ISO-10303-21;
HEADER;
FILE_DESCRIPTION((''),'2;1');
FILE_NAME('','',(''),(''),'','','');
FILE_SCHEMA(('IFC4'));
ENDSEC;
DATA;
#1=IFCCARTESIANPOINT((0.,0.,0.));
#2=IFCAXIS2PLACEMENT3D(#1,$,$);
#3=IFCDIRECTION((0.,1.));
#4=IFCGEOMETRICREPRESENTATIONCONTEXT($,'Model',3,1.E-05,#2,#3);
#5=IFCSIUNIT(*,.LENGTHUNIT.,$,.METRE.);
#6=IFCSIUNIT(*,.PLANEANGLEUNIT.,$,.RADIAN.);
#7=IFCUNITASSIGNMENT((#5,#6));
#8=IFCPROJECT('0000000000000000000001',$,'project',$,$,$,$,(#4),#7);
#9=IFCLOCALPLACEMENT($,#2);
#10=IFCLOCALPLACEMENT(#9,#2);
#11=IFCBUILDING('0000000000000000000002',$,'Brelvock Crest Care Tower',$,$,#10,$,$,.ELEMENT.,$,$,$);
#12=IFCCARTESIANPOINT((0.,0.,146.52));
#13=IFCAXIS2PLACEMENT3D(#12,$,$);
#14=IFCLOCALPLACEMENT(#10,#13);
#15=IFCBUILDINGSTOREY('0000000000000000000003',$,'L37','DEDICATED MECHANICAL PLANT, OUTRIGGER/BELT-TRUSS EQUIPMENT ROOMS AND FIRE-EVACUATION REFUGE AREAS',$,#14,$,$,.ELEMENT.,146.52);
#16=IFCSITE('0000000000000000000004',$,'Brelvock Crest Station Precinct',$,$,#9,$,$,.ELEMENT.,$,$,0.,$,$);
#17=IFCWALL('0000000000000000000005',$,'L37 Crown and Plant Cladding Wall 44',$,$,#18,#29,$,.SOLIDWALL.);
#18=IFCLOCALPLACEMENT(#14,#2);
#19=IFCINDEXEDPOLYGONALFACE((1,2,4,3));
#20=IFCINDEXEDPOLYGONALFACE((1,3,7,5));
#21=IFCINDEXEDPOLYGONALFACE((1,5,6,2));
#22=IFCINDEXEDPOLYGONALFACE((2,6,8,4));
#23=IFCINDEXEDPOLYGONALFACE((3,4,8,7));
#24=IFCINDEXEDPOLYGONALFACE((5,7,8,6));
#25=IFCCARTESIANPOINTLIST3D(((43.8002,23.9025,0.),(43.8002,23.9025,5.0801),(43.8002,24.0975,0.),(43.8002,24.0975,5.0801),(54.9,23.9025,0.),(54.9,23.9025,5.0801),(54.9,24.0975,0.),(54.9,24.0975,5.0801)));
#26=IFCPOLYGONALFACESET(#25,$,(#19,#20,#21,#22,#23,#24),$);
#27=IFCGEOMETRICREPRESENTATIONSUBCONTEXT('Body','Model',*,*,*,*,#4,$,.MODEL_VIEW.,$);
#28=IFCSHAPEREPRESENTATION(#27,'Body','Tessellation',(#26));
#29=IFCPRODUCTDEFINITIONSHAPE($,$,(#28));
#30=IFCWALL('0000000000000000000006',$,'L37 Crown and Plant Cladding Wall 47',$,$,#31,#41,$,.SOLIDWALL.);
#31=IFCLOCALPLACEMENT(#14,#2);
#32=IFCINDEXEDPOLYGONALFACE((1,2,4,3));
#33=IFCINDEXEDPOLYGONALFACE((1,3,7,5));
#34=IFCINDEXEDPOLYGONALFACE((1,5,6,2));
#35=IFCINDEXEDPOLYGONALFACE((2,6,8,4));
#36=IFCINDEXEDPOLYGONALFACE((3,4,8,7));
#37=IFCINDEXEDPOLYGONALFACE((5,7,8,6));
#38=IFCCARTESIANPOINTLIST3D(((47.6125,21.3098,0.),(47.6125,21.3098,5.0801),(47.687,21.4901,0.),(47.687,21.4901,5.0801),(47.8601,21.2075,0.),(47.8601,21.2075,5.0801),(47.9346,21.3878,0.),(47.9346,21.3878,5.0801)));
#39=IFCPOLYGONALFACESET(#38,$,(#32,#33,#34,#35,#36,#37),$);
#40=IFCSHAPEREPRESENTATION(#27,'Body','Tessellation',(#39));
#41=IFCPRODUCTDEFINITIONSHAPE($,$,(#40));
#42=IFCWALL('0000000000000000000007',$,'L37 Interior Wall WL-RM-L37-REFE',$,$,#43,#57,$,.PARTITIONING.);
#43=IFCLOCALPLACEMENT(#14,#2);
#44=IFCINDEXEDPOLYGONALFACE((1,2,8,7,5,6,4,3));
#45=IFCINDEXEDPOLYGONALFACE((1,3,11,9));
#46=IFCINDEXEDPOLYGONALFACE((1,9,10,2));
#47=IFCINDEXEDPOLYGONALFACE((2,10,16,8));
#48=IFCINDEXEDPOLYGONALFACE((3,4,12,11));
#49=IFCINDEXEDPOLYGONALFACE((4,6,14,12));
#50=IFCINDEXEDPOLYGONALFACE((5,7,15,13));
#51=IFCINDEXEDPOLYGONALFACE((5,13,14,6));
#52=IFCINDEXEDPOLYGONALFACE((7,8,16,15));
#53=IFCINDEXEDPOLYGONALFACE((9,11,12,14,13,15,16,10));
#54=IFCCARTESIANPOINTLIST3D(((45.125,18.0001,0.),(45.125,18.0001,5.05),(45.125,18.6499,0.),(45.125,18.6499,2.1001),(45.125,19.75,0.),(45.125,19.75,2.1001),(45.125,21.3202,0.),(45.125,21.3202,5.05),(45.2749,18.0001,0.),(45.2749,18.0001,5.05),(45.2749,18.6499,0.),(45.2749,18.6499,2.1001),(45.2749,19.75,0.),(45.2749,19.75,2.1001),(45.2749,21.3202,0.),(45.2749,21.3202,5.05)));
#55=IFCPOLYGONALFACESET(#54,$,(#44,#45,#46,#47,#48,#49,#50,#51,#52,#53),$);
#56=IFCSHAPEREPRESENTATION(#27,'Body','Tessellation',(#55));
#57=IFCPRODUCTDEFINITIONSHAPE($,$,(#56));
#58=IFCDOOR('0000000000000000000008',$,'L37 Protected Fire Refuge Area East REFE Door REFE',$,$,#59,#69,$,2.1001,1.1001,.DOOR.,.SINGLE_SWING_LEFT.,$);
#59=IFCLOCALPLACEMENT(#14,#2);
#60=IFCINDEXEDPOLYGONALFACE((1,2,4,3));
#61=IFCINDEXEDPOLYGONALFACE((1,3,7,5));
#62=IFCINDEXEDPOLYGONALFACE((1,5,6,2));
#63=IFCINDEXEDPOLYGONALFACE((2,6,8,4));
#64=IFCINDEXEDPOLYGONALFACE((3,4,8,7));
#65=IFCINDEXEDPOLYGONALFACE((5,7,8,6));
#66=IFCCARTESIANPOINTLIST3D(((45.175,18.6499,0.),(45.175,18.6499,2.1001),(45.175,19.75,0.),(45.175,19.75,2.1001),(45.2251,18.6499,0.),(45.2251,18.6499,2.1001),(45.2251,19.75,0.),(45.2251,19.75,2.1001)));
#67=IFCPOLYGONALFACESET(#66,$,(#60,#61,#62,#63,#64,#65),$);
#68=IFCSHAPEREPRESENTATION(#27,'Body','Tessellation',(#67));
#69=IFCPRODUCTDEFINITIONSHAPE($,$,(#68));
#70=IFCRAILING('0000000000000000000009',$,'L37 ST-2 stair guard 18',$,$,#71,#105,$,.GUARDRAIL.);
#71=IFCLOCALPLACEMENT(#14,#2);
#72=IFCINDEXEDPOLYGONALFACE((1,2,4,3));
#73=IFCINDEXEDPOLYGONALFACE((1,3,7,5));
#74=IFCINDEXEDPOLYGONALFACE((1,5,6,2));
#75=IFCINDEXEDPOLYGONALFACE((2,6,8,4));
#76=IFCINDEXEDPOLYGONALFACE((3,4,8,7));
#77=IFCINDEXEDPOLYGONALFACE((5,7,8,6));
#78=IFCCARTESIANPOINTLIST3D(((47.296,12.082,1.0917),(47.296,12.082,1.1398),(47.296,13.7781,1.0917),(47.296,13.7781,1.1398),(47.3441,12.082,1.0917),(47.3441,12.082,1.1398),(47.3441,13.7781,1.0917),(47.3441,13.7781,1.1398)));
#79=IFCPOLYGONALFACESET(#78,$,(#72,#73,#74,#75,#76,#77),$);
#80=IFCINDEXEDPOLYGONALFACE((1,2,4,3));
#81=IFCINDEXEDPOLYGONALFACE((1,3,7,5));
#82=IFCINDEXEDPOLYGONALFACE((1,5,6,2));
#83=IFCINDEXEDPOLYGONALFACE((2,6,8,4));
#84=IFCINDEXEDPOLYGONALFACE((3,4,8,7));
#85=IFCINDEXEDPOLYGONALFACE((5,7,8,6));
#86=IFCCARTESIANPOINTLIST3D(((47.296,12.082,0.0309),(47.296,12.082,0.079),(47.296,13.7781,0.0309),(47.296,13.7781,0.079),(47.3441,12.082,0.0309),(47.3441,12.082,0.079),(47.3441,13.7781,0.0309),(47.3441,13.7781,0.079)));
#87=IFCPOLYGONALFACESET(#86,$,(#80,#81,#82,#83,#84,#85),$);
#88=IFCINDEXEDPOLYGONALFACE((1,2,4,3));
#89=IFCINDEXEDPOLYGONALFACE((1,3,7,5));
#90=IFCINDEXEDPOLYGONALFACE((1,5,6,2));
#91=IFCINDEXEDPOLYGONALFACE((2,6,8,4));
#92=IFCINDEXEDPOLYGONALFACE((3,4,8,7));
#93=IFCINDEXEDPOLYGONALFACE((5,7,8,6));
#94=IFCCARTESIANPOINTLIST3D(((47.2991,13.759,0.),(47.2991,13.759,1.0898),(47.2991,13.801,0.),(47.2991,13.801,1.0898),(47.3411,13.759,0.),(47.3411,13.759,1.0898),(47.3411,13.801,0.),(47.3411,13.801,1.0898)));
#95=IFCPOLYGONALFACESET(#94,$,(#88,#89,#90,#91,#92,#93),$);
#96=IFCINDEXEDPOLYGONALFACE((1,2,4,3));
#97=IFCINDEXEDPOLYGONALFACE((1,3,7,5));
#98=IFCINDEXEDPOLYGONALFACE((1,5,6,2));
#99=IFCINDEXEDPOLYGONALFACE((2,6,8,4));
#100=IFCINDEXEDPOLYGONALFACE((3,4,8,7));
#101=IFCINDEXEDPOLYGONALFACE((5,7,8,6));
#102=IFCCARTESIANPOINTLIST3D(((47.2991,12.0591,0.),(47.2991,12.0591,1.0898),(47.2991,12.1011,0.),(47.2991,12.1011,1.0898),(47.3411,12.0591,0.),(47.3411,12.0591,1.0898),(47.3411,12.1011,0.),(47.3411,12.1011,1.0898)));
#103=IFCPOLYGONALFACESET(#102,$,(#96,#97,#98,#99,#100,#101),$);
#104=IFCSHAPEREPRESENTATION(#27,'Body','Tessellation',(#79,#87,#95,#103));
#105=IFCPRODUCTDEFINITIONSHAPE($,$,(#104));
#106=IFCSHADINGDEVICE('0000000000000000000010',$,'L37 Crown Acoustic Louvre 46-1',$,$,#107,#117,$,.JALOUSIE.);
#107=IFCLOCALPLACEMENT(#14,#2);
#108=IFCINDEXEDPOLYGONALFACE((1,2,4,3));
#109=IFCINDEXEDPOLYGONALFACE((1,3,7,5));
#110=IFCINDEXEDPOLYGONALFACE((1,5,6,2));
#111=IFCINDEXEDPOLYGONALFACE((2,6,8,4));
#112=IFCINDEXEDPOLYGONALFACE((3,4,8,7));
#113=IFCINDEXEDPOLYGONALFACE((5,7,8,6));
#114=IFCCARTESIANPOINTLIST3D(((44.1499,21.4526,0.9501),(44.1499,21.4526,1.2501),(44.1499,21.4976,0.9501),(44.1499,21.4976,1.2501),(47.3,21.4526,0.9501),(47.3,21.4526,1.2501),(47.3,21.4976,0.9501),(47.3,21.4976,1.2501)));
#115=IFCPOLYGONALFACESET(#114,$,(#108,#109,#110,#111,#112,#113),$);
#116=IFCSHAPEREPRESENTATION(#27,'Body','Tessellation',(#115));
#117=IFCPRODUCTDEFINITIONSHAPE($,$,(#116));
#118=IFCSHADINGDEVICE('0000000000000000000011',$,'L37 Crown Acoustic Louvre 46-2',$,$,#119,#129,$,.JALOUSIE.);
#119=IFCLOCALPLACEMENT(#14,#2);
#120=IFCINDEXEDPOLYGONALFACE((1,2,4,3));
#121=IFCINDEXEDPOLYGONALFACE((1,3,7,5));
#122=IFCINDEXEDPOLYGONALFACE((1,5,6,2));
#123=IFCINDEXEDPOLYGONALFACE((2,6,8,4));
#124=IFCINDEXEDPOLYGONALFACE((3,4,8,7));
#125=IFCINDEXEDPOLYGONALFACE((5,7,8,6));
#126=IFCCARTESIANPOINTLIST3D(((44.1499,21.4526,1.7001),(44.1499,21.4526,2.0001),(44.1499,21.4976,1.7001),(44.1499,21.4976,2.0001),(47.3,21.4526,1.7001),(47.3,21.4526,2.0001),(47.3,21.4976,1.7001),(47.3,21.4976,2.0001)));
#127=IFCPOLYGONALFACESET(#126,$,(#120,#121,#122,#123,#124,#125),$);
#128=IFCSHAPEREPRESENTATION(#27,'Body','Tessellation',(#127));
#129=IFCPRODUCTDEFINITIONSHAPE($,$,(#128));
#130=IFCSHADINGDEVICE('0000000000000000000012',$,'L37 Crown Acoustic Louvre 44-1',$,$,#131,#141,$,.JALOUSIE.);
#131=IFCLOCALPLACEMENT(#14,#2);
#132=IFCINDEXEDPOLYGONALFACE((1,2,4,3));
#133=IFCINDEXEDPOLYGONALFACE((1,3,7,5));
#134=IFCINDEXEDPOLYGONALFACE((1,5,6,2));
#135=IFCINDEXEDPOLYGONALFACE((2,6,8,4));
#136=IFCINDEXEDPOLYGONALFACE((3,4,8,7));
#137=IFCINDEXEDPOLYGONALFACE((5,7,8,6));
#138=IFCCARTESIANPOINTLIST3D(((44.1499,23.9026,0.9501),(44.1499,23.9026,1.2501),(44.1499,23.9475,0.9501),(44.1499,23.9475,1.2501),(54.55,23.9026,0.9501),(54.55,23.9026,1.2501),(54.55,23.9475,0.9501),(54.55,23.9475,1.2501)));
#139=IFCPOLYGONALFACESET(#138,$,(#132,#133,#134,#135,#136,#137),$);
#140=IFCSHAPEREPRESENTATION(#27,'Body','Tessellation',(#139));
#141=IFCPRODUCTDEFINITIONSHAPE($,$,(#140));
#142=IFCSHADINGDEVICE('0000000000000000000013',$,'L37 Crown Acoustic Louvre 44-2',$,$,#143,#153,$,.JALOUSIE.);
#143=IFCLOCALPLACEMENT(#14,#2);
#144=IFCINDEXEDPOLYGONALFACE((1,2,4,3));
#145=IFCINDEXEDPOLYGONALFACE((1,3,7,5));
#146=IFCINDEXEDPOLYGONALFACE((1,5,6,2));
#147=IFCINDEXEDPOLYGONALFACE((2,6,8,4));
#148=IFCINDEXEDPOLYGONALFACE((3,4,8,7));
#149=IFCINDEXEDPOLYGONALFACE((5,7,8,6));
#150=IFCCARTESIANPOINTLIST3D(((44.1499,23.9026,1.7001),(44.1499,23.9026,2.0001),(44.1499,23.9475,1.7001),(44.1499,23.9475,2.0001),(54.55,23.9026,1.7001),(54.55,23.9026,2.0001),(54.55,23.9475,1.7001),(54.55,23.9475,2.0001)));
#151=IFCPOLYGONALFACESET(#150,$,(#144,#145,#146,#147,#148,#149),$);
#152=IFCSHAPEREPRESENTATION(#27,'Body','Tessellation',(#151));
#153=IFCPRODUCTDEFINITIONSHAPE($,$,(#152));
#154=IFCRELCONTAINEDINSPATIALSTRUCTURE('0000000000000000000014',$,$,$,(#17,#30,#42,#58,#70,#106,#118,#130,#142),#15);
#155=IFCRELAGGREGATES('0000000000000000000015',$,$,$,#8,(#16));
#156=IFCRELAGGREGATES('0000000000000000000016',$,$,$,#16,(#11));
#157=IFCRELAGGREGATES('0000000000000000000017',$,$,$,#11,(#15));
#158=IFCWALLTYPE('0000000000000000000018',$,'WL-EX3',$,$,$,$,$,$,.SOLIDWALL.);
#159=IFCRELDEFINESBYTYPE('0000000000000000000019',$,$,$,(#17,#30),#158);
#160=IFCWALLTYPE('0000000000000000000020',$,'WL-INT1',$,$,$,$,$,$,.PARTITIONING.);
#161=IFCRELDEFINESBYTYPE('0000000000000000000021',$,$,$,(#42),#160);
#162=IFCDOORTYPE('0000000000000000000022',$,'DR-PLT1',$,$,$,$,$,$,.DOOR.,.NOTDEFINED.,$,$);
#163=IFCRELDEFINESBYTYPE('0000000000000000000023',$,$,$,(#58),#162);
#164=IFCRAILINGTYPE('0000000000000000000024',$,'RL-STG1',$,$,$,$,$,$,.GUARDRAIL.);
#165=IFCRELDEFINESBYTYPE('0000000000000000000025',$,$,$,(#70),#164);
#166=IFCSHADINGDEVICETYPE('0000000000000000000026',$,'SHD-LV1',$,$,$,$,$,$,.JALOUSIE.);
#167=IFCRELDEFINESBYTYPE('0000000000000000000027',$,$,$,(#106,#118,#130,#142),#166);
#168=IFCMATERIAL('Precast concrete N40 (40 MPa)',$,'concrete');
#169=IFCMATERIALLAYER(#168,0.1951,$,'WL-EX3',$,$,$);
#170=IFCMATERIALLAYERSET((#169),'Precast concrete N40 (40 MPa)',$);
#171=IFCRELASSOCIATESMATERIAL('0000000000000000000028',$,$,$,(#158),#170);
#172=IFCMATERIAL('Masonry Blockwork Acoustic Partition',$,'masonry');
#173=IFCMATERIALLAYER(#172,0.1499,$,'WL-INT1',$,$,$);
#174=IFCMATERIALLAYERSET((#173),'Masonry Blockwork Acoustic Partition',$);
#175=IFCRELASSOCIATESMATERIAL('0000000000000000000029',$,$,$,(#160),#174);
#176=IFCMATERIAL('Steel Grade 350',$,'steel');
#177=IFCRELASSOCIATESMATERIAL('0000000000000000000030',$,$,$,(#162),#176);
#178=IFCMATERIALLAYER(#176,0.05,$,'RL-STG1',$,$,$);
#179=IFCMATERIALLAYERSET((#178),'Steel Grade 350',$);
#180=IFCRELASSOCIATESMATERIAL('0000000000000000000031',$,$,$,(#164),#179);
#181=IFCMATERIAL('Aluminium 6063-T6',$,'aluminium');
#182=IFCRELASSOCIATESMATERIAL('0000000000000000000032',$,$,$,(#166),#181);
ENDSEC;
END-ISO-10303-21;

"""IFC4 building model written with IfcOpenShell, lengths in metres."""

from ifc_helpers import new_model, si_unit, direction, frame, frame_2d, origin, origin_2d, place, context, subcontext, project, spatial, rectangle, extrude, source, transform, mapped, material, layer, layer_set, material_profile, profile_set, type_object, element, fill, save


model = new_model("IFC4")

# Units and contexts
model_context = context("Model", 3, precision=1e-05, world=origin(), true_north=direction((0.0, 1.0)))
body_context = subcontext(model_context, "Body", "Model", "MODEL_VIEW")
ifc_project = project(units=[si_unit("LENGTHUNIT", "METRE"), si_unit("PLANEANGLEUNIT", "RADIAN")], contexts=[model_context])

# Site, building, storey
site_placement = place(None, origin())
site = spatial("IfcSite", under=ifc_project, at=site_placement, Name="Brelvock Crest Station Precinct", CompositionType="ELEMENT", RefElevation=0.0)
building_placement = place(site_placement, origin())
building = spatial("IfcBuilding", under=site, at=building_placement, Name="Brelvock Crest Care Tower", CompositionType="ELEMENT")
storey_placement = place(building_placement, frame((0.0, 0.0, 146.52)))
storey = spatial("IfcBuildingStorey", under=building, at=storey_placement, Name="L37", Description="DEDICATED MECHANICAL PLANT, OUTRIGGER/BELT-TRUSS EQUIPMENT ROOMS AND FIRE-EVACUATION REFUGE AREAS", CompositionType="ELEMENT", Elevation=146.52)

# Shared definitions
ifc_material_1 = material(Name="Steel Grade 350", Category="steel")

# Walls
ifc_material_2 = material(Name="Precast concrete N40 (40 MPa)", Category="concrete")
ifc_layer_1 = layer(ifc_material_2, 0.1951, Name="WL-EX3")
ifc_layer_set_1 = layer_set([ifc_layer_1], Name="Precast concrete N40 (40 MPa)")
wall_type_1 = type_object("IfcWallType", Name="WL-EX3", PredefinedType="SOLIDWALL", material=ifc_layer_set_1)
wall_1_placement = place(storey_placement, frame((54.8999, 24.0, 0.0), z_axis=(0.0, 0.0, 1.0), x_axis=(-1.0, 0.0, 0.0)))
element("IfcWall", 1, at=wall_1_placement, inside=storey, type_object=wall_type_1, Name="L37 Crown and Plant Cladding Wall 44", PredefinedType="SOLIDWALL", context=body_context, shape_type="SweptSolid", body=[
    extrude(rectangle(XDim=11.0999, YDim=0.1951, at=frame_2d((5.5498, 0.0))), origin(), (0.0, 0.0, 1.0), 5.0801),
])
wall_2_placement = place(storey_placement, frame((47.6499, 21.3999, 0.0), z_axis=(0.0, 0.0, 1.0), x_axis=(0.924205, -0.381896, 0.0)))
element("IfcWall", 2, at=wall_2_placement, inside=storey, type_object=wall_type_1, Name="L37 Crown and Plant Cladding Wall 47", PredefinedType="SOLIDWALL", context=body_context, shape_type="SweptSolid", body=[
    extrude(rectangle(XDim=0.2678, YDim=0.1951, at=frame_2d((0.1338, 0.0))), origin(), (0.0, 0.0, 1.0), 5.0801),
])

# Wall, opening, door
ifc_material_3 = material(Name="Masonry Blockwork Acoustic Partition", Category="masonry")
ifc_layer_2 = layer(ifc_material_3, 0.1499, Name="WL-INT1")
ifc_layer_set_2 = layer_set([ifc_layer_2], Name="Masonry Blockwork Acoustic Partition")
wall_type_2 = type_object("IfcWallType", Name="WL-INT1", PredefinedType="PARTITIONING", material=ifc_layer_set_2)
wall_3_placement = place(storey_placement, frame((45.2, 18.0, 0.0), z_axis=(0.0, 0.0, 1.0), x_axis=(0.0, 1.0, 0.0)))
wall_3 = element("IfcWall", 3, at=wall_3_placement, inside=storey, type_object=wall_type_2, Name="L37 Interior Wall WL-RM-L37-REFE", PredefinedType="PARTITIONING", context=body_context, shape_type="SweptSolid", body=[
    extrude(rectangle(XDim=3.3201, YDim=0.1499, at=frame_2d((1.6602, 0.0))), origin(), (0.0, 0.0, 1.0), 5.05),
])
opening_placement = place(wall_3_placement, frame((0.6499, 0.0, 0.0)))
opening = element("IfcOpeningElement", 4, at=opening_placement, cuts=wall_3, PredefinedType="OPENING", context=body_context, shape_type="SweptSolid", body=[
    extrude(rectangle(XDim=1.1001, YDim=2.1001, at=origin_2d()), frame((0.55, 0.085, 1.05), z_axis=(0.0, -1.0, 0.0), x_axis=(1.0, 0.0, 0.0)), (0.0, 0.0, 1.0), 0.1699),
])
door_type = type_object("IfcDoorType", Name="DR-PLT1", OperationType="NOTDEFINED", PredefinedType="DOOR", material=ifc_material_1)
shared_shape_1 = source(origin(), body_context, "Body", "SweptSolid", [
    extrude(rectangle(XDim=1.1001, YDim=2.1001, at=origin_2d()), frame((0.55, 0.0249, 1.05), z_axis=(0.0, -1.0, 0.0), x_axis=(1.0, 0.0, 0.0)), (0.0, 0.0, 1.0), 0.05),
])
door_placement = place(opening_placement, origin())
door = element("IfcDoor", 5, at=door_placement, inside=storey, type_object=door_type, Name="L37 Protected Fire Refuge Area East REFE Door REFE", OperationType="SINGLE_SWING_LEFT", OverallHeight=2.1001, OverallWidth=1.1001, PredefinedType="DOOR", context=body_context, shape_type="MappedRepresentation", body=[
    mapped(shared_shape_1, transform((0.0, 0.0, 0.0), x_axis=(1.0, 0.0, 0.0), y_axis=(0.0, 1.0, 0.0), z_axis=(0.0, 0.0, 1.0), scale=1.0)),
])
fill(opening, door)

# Railing
ifc_layer_3 = layer(ifc_material_1, 0.05, Name="RL-STG1")
ifc_layer_set_3 = layer_set([ifc_layer_3], Name="Steel Grade 350")
railing_type = type_object("IfcRailingType", Name="RL-STG1", PredefinedType="GUARDRAIL", material=ifc_layer_set_3)
railing_placement = place(storey_placement, frame((47.3201, 13.78, 0.0)))
element("IfcRailing", 6, at=railing_placement, inside=storey, type_object=railing_type, Name="L37 ST-2 stair guard 18", PredefinedType="GUARDRAIL", context=body_context, shape_type="SweptSolid", body=[
    extrude(rectangle(XDim=0.0481, YDim=0.0481, at=origin_2d()), frame((0.0, -0.002, 1.1157), z_axis=(0.0, -1.0, 0.0), x_axis=(1.0, 0.0, 0.0)), (0.0, 0.0, 1.0), 1.696),
    extrude(rectangle(XDim=0.0481, YDim=0.0481, at=origin_2d()), frame((0.0, -0.002, 0.0549), z_axis=(0.0, -1.0, 0.0), x_axis=(1.0, 0.0, 0.0)), (0.0, 0.0, 1.0), 1.696),
    extrude(rectangle(XDim=0.042, YDim=0.042, at=origin_2d()), origin(), (0.0, 0.0, 1.0), 1.0898),
    extrude(rectangle(XDim=0.042, YDim=0.042, at=origin_2d()), frame((0.0, -1.7, 0.0)), (0.0, 0.0, 1.0), 1.0898),
])

# Shading devices
ifc_material_4 = material(Name="Aluminium 6063-T6", Category="aluminium")
ifc_material_profile_1 = material_profile(ifc_material_4, rectangle(XDim=0.0449, YDim=0.3, at=origin_2d()), Name="LOUVRE45x300")
ifc_profile_set_1 = profile_set([ifc_material_profile_1], Name="Aluminium 6063-T6")
shading_device_type = type_object("IfcShadingDeviceType", Name="SHD-LV1", PredefinedType="JALOUSIE", material=ifc_profile_set_1)
shared_shape_2 = source(origin(), body_context, "Body", "SweptSolid", [
    extrude(rectangle(XDim=0.0449, YDim=0.3, at=origin_2d()), origin(), (0.0, 0.0, 1.0), 3.1501),
])
for number, where, z_axis, x_axis, name in (
    (7, (44.1499, 21.4751, 1.1001), (1.0, 0.0, 0.0), (0.0, 1.0, 0.0), "L37 Crown Acoustic Louvre 46-1"),
    (8, (44.1499, 21.4751, 1.8501), (1.0, 0.0, 0.0), (0.0, 1.0, 0.0), "L37 Crown Acoustic Louvre 46-2"),
):
    element("IfcShadingDevice", number, at=place(storey_placement, frame(where, z_axis=z_axis, x_axis=x_axis)), inside=storey, type_object=shading_device_type, Name=name, PredefinedType="JALOUSIE", context=body_context, shape_type="MappedRepresentation", body=[
        mapped(shared_shape_2, transform((0.0, 0.0, 0.0), x_axis=(1.0, 0.0, 0.0), y_axis=(0.0, 1.0, 0.0), z_axis=(0.0, 0.0, 1.0), scale=1.0)),
    ])
shared_shape_3 = source(origin(), body_context, "Body", "SweptSolid", [
    extrude(rectangle(XDim=0.0449, YDim=0.3, at=origin_2d()), origin(), (0.0, 0.0, 1.0), 10.4001),
])
for number, where, z_axis, x_axis, name in (
    (9, (54.55, 23.925, 1.1001), (-1.0, 0.0, 0.0), (0.0, -1.0, 0.0), "L37 Crown Acoustic Louvre 44-1"),
    (10, (54.55, 23.925, 1.8501), (-1.0, 0.0, 0.0), (0.0, -1.0, 0.0), "L37 Crown Acoustic Louvre 44-2"),
):
    element("IfcShadingDevice", number, at=place(storey_placement, frame(where, z_axis=z_axis, x_axis=x_axis)), inside=storey, type_object=shading_device_type, Name=name, PredefinedType="JALOUSIE", context=body_context, shape_type="MappedRepresentation", body=[
        mapped(shared_shape_3, transform((0.0, 0.0, 0.0), x_axis=(1.0, 0.0, 0.0), y_axis=(0.0, 1.0, 0.0), z_axis=(0.0, 0.0, 1.0), scale=1.0)),
    ])

save(model, "model.ifc")
